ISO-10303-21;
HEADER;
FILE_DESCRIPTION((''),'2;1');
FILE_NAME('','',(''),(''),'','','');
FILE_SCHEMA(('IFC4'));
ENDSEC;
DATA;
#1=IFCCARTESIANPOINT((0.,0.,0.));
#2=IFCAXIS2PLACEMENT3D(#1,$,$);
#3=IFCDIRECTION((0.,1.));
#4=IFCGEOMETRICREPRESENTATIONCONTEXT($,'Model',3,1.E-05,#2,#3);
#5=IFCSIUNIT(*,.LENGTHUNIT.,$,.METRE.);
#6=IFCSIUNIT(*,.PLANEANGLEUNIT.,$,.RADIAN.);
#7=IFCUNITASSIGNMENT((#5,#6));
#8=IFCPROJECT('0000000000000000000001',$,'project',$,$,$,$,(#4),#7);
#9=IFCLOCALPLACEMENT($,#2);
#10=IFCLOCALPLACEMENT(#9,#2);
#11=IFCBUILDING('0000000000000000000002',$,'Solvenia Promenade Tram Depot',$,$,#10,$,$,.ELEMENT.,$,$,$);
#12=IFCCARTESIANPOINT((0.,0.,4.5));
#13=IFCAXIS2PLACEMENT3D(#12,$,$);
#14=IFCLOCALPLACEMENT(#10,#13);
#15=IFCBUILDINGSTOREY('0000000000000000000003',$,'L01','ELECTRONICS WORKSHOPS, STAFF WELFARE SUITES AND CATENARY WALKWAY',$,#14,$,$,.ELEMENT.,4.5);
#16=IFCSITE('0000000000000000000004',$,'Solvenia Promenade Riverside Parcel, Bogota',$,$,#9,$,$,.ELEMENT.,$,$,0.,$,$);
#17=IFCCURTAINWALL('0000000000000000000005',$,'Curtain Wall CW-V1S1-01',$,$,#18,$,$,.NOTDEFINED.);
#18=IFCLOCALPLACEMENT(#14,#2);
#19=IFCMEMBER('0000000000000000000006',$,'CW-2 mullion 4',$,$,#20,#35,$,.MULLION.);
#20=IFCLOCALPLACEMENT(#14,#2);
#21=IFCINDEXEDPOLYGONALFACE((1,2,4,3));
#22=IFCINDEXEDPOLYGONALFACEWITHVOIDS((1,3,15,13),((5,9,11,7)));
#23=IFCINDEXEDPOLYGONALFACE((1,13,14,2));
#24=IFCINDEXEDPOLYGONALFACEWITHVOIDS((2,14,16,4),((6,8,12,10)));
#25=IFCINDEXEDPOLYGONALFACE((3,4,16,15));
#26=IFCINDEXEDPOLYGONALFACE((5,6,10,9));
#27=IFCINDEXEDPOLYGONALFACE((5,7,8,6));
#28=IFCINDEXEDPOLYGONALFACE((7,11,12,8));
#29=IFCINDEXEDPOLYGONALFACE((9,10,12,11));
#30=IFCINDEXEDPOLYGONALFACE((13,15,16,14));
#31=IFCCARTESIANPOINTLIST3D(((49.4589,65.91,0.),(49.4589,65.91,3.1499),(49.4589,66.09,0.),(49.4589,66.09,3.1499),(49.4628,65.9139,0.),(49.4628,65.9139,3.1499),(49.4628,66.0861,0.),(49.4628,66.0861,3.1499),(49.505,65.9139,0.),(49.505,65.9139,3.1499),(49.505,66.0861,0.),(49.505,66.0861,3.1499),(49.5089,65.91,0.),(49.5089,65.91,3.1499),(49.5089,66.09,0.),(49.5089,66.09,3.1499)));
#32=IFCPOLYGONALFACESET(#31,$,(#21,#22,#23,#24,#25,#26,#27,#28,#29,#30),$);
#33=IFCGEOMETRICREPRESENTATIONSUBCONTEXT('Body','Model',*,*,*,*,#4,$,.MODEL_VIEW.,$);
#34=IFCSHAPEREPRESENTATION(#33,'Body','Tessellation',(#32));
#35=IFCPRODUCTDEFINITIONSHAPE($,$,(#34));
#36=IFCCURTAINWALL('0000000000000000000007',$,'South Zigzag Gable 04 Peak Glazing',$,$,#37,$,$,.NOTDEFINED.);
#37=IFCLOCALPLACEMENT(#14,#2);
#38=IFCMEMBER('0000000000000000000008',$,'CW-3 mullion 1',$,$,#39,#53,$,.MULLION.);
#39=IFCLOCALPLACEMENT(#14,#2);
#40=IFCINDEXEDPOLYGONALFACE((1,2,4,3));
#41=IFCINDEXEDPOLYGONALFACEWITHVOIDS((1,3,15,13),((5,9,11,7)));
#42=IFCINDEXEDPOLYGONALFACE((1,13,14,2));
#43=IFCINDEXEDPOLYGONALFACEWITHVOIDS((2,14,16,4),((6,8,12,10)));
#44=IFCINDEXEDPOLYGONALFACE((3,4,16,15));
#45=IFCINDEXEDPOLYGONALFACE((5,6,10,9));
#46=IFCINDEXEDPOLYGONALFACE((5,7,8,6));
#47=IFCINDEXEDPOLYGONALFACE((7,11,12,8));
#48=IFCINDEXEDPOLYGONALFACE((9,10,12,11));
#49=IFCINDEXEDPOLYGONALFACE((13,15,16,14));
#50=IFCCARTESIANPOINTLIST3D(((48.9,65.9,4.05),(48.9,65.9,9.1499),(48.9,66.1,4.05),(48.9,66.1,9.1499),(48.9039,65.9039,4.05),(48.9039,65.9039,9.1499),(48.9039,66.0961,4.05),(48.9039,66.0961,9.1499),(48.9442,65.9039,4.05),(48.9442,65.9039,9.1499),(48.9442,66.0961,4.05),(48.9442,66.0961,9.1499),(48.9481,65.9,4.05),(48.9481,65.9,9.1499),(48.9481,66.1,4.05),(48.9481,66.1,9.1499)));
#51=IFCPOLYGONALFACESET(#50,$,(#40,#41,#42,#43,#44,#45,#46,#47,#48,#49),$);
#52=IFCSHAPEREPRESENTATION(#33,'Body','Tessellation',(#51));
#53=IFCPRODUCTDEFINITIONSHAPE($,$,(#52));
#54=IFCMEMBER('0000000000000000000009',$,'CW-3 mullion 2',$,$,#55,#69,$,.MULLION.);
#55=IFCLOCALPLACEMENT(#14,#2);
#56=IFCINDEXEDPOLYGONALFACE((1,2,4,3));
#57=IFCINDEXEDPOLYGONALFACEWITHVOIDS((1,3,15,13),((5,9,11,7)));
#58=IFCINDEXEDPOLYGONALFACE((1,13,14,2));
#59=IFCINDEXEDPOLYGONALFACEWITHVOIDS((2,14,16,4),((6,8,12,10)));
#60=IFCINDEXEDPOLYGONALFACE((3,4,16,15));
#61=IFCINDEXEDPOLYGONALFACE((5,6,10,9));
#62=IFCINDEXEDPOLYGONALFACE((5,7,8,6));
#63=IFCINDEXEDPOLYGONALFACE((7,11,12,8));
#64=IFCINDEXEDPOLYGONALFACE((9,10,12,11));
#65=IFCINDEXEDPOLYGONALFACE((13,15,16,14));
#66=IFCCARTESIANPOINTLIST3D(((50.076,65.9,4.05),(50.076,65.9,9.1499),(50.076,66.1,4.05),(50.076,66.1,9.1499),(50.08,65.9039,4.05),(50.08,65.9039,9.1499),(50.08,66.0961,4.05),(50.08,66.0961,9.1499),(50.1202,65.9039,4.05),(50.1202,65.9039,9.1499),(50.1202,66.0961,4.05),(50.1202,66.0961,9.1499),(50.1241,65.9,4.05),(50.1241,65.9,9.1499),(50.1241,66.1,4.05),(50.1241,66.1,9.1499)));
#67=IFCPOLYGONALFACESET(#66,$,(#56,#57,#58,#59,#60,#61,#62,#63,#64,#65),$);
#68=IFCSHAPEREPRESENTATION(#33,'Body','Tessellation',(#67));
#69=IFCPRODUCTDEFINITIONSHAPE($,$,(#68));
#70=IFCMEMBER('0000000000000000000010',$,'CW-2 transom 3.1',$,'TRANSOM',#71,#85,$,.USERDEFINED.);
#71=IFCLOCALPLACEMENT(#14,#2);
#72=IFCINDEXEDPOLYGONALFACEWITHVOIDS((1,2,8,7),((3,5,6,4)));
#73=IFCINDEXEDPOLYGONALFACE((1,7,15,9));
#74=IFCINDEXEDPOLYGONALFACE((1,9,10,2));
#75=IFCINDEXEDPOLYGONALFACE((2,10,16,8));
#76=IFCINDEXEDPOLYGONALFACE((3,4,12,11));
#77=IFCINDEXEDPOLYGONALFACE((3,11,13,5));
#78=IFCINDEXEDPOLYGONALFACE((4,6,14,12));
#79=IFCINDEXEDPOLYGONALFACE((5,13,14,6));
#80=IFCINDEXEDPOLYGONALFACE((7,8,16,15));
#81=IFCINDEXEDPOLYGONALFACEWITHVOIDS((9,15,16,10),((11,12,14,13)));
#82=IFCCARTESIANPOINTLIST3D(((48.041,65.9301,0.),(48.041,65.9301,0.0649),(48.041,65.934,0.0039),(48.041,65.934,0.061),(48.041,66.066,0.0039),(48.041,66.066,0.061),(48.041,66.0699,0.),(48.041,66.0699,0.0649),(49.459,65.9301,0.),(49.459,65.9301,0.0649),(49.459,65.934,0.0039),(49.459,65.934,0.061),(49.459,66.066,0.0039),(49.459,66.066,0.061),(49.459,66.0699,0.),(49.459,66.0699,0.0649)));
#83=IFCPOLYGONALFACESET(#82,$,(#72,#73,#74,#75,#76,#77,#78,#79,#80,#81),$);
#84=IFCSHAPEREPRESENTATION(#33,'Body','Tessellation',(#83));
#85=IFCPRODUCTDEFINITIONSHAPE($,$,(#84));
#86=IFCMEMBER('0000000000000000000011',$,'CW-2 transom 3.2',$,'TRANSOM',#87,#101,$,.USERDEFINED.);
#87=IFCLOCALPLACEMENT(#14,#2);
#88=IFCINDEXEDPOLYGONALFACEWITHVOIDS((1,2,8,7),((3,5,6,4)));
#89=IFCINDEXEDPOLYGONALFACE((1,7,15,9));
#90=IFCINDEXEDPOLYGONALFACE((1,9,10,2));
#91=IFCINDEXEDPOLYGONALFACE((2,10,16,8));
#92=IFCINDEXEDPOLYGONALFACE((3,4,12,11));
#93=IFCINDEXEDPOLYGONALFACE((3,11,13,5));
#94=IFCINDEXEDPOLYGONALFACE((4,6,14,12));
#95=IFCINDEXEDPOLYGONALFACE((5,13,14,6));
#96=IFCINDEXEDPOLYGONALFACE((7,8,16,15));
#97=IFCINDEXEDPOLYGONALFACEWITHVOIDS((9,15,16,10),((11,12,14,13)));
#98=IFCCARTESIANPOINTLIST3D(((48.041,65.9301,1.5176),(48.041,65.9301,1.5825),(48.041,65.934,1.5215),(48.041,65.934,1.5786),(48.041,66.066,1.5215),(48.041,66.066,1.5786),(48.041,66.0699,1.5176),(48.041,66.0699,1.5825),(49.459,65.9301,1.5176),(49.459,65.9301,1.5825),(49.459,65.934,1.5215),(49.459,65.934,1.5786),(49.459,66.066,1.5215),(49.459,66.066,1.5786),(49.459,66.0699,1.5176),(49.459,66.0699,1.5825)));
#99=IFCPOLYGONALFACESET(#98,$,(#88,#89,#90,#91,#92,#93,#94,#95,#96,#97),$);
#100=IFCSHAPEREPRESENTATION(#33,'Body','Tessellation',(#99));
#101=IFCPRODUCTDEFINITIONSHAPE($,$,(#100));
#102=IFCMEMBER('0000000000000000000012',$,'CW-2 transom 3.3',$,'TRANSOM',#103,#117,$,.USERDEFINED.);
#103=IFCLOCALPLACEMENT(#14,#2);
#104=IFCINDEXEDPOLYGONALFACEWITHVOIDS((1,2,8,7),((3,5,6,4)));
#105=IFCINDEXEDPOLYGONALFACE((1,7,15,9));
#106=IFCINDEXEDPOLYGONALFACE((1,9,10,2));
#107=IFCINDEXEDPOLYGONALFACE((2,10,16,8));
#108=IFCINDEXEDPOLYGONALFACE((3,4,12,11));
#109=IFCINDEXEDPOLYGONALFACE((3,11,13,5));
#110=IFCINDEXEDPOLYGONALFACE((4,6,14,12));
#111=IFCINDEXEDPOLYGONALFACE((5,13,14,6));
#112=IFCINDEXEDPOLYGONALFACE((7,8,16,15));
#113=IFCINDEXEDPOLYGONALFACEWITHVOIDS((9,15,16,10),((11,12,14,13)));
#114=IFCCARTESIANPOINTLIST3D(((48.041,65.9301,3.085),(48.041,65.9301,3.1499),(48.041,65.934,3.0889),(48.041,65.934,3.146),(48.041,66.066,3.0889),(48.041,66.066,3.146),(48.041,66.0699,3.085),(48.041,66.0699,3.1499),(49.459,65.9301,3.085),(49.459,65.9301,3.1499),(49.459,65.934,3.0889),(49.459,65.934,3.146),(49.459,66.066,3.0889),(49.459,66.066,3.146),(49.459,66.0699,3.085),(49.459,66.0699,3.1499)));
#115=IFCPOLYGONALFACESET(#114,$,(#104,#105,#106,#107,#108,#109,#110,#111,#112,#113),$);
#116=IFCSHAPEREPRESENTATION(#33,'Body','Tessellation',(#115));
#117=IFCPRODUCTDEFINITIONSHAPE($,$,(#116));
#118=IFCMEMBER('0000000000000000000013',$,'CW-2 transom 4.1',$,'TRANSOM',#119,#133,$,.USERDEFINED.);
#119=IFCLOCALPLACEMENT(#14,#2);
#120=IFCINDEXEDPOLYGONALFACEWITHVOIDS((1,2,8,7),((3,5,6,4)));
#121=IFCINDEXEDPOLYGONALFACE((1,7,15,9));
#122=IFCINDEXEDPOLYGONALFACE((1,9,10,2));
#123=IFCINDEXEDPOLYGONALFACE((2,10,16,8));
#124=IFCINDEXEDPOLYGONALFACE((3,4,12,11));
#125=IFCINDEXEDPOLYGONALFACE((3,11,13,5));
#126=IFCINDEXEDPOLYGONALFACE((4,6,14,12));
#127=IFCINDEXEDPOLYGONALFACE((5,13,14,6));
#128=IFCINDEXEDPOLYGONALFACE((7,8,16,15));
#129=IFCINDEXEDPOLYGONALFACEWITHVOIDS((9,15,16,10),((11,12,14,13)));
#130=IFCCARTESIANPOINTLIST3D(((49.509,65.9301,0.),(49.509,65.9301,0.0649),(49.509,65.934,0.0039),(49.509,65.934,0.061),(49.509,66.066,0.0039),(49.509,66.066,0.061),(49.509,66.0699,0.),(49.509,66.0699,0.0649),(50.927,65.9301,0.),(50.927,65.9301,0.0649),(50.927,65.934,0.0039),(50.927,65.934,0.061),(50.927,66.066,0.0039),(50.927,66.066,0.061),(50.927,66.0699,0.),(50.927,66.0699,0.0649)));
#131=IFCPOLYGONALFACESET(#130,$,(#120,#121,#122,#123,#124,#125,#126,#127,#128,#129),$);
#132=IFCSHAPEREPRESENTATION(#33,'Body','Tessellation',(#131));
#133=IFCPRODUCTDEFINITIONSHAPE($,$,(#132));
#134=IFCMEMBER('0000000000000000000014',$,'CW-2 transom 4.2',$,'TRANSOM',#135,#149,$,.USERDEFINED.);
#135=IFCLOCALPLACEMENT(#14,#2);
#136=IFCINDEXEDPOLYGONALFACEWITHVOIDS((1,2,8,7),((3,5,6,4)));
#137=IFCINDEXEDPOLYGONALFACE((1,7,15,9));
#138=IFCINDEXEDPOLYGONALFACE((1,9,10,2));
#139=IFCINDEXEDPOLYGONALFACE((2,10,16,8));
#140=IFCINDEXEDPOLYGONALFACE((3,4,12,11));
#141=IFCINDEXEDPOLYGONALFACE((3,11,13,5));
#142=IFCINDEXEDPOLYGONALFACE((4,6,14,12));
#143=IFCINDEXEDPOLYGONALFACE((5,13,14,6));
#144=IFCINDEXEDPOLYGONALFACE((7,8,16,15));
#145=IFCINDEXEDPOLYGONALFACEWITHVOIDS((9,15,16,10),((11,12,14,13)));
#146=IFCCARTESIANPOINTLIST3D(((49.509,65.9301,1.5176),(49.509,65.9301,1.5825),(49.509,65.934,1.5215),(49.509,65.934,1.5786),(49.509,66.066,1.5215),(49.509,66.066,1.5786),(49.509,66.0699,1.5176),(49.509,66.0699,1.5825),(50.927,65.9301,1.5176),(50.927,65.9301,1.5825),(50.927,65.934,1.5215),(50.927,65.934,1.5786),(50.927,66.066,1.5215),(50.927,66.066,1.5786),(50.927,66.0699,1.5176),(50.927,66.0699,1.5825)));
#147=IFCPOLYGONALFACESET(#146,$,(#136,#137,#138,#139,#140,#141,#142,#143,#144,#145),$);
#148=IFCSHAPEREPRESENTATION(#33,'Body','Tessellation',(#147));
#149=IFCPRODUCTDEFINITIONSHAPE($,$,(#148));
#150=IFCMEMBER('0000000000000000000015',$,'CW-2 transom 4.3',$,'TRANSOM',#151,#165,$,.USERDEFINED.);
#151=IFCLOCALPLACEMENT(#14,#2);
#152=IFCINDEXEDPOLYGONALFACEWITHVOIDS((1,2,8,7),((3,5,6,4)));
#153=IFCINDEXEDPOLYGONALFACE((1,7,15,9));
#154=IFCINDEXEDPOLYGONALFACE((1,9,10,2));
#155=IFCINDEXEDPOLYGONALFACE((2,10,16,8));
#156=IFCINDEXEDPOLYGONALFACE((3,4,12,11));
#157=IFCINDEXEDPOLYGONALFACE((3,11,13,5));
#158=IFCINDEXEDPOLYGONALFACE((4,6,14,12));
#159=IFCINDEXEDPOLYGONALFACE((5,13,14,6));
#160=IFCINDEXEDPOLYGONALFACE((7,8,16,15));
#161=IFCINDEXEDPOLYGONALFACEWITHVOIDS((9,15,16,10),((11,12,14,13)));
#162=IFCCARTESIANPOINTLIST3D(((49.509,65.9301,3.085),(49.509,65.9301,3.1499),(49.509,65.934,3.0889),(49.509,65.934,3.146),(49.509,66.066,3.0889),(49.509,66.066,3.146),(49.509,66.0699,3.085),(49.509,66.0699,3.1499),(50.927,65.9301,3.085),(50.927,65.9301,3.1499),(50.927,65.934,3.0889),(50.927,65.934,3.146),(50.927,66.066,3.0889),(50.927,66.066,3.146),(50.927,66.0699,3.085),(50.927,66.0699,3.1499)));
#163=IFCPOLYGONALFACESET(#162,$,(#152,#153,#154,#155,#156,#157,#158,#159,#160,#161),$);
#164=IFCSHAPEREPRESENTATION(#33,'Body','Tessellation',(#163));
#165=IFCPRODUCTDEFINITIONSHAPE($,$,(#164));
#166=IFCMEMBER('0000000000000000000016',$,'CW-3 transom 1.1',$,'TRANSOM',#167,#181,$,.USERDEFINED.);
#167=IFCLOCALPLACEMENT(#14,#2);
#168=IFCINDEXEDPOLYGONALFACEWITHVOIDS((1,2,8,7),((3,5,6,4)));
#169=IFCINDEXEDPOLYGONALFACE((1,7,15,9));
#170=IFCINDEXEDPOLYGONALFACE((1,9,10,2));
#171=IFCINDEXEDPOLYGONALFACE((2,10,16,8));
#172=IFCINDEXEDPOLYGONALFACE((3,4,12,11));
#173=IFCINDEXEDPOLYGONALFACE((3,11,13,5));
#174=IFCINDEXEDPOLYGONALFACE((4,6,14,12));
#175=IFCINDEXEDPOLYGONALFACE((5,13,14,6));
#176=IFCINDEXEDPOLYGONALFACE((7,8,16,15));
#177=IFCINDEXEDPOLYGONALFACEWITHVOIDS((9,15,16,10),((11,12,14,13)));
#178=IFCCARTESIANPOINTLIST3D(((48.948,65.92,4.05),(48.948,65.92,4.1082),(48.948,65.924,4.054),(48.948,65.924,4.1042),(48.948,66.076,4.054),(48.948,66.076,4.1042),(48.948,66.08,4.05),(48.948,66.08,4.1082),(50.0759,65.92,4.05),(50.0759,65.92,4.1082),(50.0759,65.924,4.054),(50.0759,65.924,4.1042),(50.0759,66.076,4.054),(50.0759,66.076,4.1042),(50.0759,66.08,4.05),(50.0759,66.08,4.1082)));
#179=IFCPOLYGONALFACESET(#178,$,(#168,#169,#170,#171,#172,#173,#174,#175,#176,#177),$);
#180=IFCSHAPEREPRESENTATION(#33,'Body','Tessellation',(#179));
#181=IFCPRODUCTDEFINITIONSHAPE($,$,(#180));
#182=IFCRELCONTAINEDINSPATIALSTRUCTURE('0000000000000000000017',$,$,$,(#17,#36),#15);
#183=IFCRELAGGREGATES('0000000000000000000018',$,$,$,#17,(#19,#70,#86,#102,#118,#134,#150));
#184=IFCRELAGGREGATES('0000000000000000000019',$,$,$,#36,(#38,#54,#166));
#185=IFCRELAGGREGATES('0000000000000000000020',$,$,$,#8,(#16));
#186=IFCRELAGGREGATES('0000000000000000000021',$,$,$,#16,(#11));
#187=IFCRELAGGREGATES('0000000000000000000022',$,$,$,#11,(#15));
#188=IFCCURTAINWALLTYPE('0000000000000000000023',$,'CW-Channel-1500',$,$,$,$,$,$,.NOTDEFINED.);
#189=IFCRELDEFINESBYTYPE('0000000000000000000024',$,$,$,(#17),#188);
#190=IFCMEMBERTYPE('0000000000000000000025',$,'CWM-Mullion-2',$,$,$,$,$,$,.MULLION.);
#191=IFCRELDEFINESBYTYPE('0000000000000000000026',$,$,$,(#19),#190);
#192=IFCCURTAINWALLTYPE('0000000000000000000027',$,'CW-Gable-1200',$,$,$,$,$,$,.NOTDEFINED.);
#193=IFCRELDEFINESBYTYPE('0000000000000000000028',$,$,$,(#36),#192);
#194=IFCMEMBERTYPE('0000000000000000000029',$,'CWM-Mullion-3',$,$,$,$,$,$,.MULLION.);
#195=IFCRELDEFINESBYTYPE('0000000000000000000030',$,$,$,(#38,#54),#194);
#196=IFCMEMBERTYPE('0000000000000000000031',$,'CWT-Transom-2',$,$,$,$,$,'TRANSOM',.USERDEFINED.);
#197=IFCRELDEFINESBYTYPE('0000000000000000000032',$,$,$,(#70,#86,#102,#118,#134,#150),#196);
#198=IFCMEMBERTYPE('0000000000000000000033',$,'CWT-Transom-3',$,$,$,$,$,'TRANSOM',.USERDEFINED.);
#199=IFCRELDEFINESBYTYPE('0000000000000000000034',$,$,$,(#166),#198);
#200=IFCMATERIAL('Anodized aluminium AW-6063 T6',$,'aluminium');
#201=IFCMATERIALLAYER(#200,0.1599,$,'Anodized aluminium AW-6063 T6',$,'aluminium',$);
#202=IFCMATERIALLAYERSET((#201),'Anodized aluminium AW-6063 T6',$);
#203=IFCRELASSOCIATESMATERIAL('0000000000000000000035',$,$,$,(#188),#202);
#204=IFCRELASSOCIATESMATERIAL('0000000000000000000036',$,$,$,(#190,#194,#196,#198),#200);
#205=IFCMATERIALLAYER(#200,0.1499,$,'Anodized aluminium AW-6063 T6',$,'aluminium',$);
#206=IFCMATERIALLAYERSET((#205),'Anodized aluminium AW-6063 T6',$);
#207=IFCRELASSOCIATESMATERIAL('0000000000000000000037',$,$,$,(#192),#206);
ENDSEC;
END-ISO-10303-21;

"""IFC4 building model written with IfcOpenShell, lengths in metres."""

from ifc_helpers import new_model, si_unit, direction, frame, origin, origin_2d, place, context, subcontext, project, spatial, hollow_rectangle, extrude, material, layer, layer_set, material_profile, profile_set, type_object, element, aggregate, save


model = new_model("IFC4")

# Units and contexts
model_context = context("Model", 3, precision=1e-05, world=origin(), true_north=direction((0.0, 1.0)))
body_context = subcontext(model_context, "Body", "Model", "MODEL_VIEW")
ifc_project = project(units=[si_unit("LENGTHUNIT", "METRE"), si_unit("PLANEANGLEUNIT", "RADIAN")], contexts=[model_context])

# Site, building, storey
site_placement = place(None, origin())
site = spatial("IfcSite", under=ifc_project, at=site_placement, Name="Solvenia Promenade Riverside Parcel, Bogota", CompositionType="ELEMENT", RefElevation=0.0)
building_placement = place(site_placement, origin())
building = spatial("IfcBuilding", under=site, at=building_placement, Name="Solvenia Promenade Tram Depot", CompositionType="ELEMENT")
storey_placement = place(building_placement, frame((0.0, 0.0, 4.5)))
storey = spatial("IfcBuildingStorey", under=building, at=storey_placement, Name="L01", Description="ELECTRONICS WORKSHOPS, STAFF WELFARE SUITES AND CATENARY WALKWAY", CompositionType="ELEMENT", Elevation=4.5)

# Curtain wall, member
ifc_material_1 = material(Name="Anodized aluminium AW-6063 T6", Category="aluminium")
ifc_layer_1 = layer(ifc_material_1, 0.1599, Name="Anodized aluminium AW-6063 T6", Category="aluminium")
ifc_layer_set_1 = layer_set([ifc_layer_1], Name="Anodized aluminium AW-6063 T6")
curtain_wall_type_1 = type_object("IfcCurtainWallType", Name="CW-Channel-1500", PredefinedType="NOTDEFINED", material=ifc_layer_set_1)
curtain_wall_1_placement = place(storey_placement, origin())
curtain_wall_1 = element("IfcCurtainWall", 1, at=curtain_wall_1_placement, inside=storey, type_object=curtain_wall_type_1, Name="Curtain Wall CW-V1S1-01", PredefinedType="NOTDEFINED")
ifc_material_profile_1 = material_profile(ifc_material_1, hollow_rectangle(XDim=0.1799, YDim=0.05, WallThickness=0.0039, at=origin_2d()), Name="ALU-M2", Category="aluminium")
ifc_profile_set_1 = profile_set([ifc_material_profile_1], Name="Anodized aluminium AW-6063 T6")
member_type_1 = type_object("IfcMemberType", Name="CWM-Mullion-2", PredefinedType="MULLION", material=ifc_profile_set_1)
member_1_placement = place(storey_placement, frame((49.4839, 66.0, 0.0), z_axis=(0.0, 0.0, 1.0), x_axis=(0.0, 1.0, 0.0)))
member_1 = element("IfcMember", 2, at=member_1_placement, type_object=member_type_1, Name="CW-2 mullion 4", PredefinedType="MULLION", context=body_context, shape_type="SweptSolid", body=[
    extrude(hollow_rectangle(XDim=0.1799, YDim=0.05, WallThickness=0.0039, at=origin_2d()), origin(), (0.0, 0.0, 1.0), 3.1499),
])

# Curtain wall, members
ifc_layer_2 = layer(ifc_material_1, 0.1499, Name="Anodized aluminium AW-6063 T6", Category="aluminium")
ifc_layer_set_2 = layer_set([ifc_layer_2], Name="Anodized aluminium AW-6063 T6")
curtain_wall_type_2 = type_object("IfcCurtainWallType", Name="CW-Gable-1200", PredefinedType="NOTDEFINED", material=ifc_layer_set_2)
curtain_wall_2_placement = place(storey_placement, origin())
curtain_wall_2 = element("IfcCurtainWall", 3, at=curtain_wall_2_placement, inside=storey, type_object=curtain_wall_type_2, Name="South Zigzag Gable 04 Peak Glazing", PredefinedType="NOTDEFINED")
ifc_material_profile_2 = material_profile(ifc_material_1, hollow_rectangle(XDim=0.2, YDim=0.0481, WallThickness=0.0039, at=origin_2d()), Name="ALU-M3", Category="aluminium")
ifc_profile_set_2 = profile_set([ifc_material_profile_2], Name="Anodized aluminium AW-6063 T6")
member_type_2 = type_object("IfcMemberType", Name="CWM-Mullion-3", PredefinedType="MULLION", material=ifc_profile_set_2)
member_2_placement = place(storey_placement, frame((48.9241, 66.0, 4.05), z_axis=(0.0, 0.0, 1.0), x_axis=(0.0, 1.0, 0.0)))
member_2 = element("IfcMember", 4, at=member_2_placement, type_object=member_type_2, Name="CW-3 mullion 1", PredefinedType="MULLION", context=body_context, shape_type="SweptSolid", body=[
    extrude(hollow_rectangle(XDim=0.2, YDim=0.0481, WallThickness=0.0039, at=origin_2d()), origin(), (0.0, 0.0, 1.0), 5.0999),
])
member_3_placement = place(storey_placement, frame((50.1001, 66.0, 4.05), z_axis=(0.0, 0.0, 1.0), x_axis=(0.0, 1.0, 0.0)))
member_3 = element("IfcMember", 5, at=member_3_placement, type_object=member_type_2, Name="CW-3 mullion 2", PredefinedType="MULLION", context=body_context, shape_type="SweptSolid", body=[
    extrude(hollow_rectangle(XDim=0.2, YDim=0.0481, WallThickness=0.0039, at=origin_2d()), origin(), (0.0, 0.0, 1.0), 5.0999),
])

# Members
ifc_material_profile_3 = material_profile(ifc_material_1, hollow_rectangle(XDim=0.1399, YDim=0.0649, WallThickness=0.0039, at=origin_2d()), Name="ALU-T2", Category="aluminium")
ifc_profile_set_3 = profile_set([ifc_material_profile_3], Name="Anodized aluminium AW-6063 T6")
member_type_3 = type_object("IfcMemberType", Name="CWT-Transom-2", ElementType="TRANSOM", PredefinedType="USERDEFINED", material=ifc_profile_set_3)
member_4_placement = place(storey_placement, frame((48.041, 66.0, 0.0325), z_axis=(1.0, 0.0, 0.0), x_axis=(0.0, 1.0, 0.0)))
member_4 = element("IfcMember", 6, at=member_4_placement, type_object=member_type_3, Name="CW-2 transom 3.1", ObjectType="TRANSOM", PredefinedType="USERDEFINED", context=body_context, shape_type="SweptSolid", body=[
    extrude(hollow_rectangle(XDim=0.1399, YDim=0.0649, WallThickness=0.0039, at=origin_2d()), origin(), (0.0, 0.0, 1.0), 1.418),
])
member_5_placement = place(storey_placement, frame((48.041, 66.0, 1.55), z_axis=(1.0, 0.0, 0.0), x_axis=(0.0, 1.0, 0.0)))
member_5 = element("IfcMember", 7, at=member_5_placement, type_object=member_type_3, Name="CW-2 transom 3.2", ObjectType="TRANSOM", PredefinedType="USERDEFINED", context=body_context, shape_type="SweptSolid", body=[
    extrude(hollow_rectangle(XDim=0.1399, YDim=0.0649, WallThickness=0.0039, at=origin_2d()), origin(), (0.0, 0.0, 1.0), 1.418),
])
member_6_placement = place(storey_placement, frame((48.041, 66.0, 3.1174), z_axis=(1.0, 0.0, 0.0), x_axis=(0.0, 1.0, 0.0)))
member_6 = element("IfcMember", 8, at=member_6_placement, type_object=member_type_3, Name="CW-2 transom 3.3", ObjectType="TRANSOM", PredefinedType="USERDEFINED", context=body_context, shape_type="SweptSolid", body=[
    extrude(hollow_rectangle(XDim=0.1399, YDim=0.0649, WallThickness=0.0039, at=origin_2d()), origin(), (0.0, 0.0, 1.0), 1.418),
])
member_7_placement = place(storey_placement, frame((49.509, 66.0, 0.0325), z_axis=(1.0, 0.0, 0.0), x_axis=(0.0, 1.0, 0.0)))
member_7 = element("IfcMember", 9, at=member_7_placement, type_object=member_type_3, Name="CW-2 transom 4.1", ObjectType="TRANSOM", PredefinedType="USERDEFINED", context=body_context, shape_type="SweptSolid", body=[
    extrude(hollow_rectangle(XDim=0.1399, YDim=0.0649, WallThickness=0.0039, at=origin_2d()), origin(), (0.0, 0.0, 1.0), 1.418),
])
member_8_placement = place(storey_placement, frame((49.509, 66.0, 1.55), z_axis=(1.0, 0.0, 0.0), x_axis=(0.0, 1.0, 0.0)))
member_8 = element("IfcMember", 10, at=member_8_placement, type_object=member_type_3, Name="CW-2 transom 4.2", ObjectType="TRANSOM", PredefinedType="USERDEFINED", context=body_context, shape_type="SweptSolid", body=[
    extrude(hollow_rectangle(XDim=0.1399, YDim=0.0649, WallThickness=0.0039, at=origin_2d()), origin(), (0.0, 0.0, 1.0), 1.418),
])
member_9_placement = place(storey_placement, frame((49.509, 66.0, 3.1174), z_axis=(1.0, 0.0, 0.0), x_axis=(0.0, 1.0, 0.0)))
member_9 = element("IfcMember", 11, at=member_9_placement, type_object=member_type_3, Name="CW-2 transom 4.3", ObjectType="TRANSOM", PredefinedType="USERDEFINED", context=body_context, shape_type="SweptSolid", body=[
    extrude(hollow_rectangle(XDim=0.1399, YDim=0.0649, WallThickness=0.0039, at=origin_2d()), origin(), (0.0, 0.0, 1.0), 1.418),
])
ifc_material_profile_4 = material_profile(ifc_material_1, hollow_rectangle(XDim=0.1599, YDim=0.0581, WallThickness=0.0039, at=origin_2d()), Name="ALU-T3", Category="aluminium")
ifc_profile_set_4 = profile_set([ifc_material_profile_4], Name="Anodized aluminium AW-6063 T6")
member_type_4 = type_object("IfcMemberType", Name="CWT-Transom-3", ElementType="TRANSOM", PredefinedType="USERDEFINED", material=ifc_profile_set_4)
member_10_placement = place(storey_placement, frame((48.948, 66.0, 4.0791), z_axis=(1.0, 0.0, 0.0), x_axis=(0.0, 1.0, 0.0)))
member_10 = element("IfcMember", 12, at=member_10_placement, type_object=member_type_4, Name="CW-3 transom 1.1", ObjectType="TRANSOM", PredefinedType="USERDEFINED", context=body_context, shape_type="SweptSolid", body=[
    extrude(hollow_rectangle(XDim=0.1599, YDim=0.0581, WallThickness=0.0039, at=origin_2d()), origin(), (0.0, 0.0, 1.0), 1.1279),
])

aggregate(curtain_wall_1, [member_1, member_4, member_5, member_6, member_7, member_8, member_9])
aggregate(curtain_wall_2, [member_2, member_3, member_10])

save(model, "model.ifc")
